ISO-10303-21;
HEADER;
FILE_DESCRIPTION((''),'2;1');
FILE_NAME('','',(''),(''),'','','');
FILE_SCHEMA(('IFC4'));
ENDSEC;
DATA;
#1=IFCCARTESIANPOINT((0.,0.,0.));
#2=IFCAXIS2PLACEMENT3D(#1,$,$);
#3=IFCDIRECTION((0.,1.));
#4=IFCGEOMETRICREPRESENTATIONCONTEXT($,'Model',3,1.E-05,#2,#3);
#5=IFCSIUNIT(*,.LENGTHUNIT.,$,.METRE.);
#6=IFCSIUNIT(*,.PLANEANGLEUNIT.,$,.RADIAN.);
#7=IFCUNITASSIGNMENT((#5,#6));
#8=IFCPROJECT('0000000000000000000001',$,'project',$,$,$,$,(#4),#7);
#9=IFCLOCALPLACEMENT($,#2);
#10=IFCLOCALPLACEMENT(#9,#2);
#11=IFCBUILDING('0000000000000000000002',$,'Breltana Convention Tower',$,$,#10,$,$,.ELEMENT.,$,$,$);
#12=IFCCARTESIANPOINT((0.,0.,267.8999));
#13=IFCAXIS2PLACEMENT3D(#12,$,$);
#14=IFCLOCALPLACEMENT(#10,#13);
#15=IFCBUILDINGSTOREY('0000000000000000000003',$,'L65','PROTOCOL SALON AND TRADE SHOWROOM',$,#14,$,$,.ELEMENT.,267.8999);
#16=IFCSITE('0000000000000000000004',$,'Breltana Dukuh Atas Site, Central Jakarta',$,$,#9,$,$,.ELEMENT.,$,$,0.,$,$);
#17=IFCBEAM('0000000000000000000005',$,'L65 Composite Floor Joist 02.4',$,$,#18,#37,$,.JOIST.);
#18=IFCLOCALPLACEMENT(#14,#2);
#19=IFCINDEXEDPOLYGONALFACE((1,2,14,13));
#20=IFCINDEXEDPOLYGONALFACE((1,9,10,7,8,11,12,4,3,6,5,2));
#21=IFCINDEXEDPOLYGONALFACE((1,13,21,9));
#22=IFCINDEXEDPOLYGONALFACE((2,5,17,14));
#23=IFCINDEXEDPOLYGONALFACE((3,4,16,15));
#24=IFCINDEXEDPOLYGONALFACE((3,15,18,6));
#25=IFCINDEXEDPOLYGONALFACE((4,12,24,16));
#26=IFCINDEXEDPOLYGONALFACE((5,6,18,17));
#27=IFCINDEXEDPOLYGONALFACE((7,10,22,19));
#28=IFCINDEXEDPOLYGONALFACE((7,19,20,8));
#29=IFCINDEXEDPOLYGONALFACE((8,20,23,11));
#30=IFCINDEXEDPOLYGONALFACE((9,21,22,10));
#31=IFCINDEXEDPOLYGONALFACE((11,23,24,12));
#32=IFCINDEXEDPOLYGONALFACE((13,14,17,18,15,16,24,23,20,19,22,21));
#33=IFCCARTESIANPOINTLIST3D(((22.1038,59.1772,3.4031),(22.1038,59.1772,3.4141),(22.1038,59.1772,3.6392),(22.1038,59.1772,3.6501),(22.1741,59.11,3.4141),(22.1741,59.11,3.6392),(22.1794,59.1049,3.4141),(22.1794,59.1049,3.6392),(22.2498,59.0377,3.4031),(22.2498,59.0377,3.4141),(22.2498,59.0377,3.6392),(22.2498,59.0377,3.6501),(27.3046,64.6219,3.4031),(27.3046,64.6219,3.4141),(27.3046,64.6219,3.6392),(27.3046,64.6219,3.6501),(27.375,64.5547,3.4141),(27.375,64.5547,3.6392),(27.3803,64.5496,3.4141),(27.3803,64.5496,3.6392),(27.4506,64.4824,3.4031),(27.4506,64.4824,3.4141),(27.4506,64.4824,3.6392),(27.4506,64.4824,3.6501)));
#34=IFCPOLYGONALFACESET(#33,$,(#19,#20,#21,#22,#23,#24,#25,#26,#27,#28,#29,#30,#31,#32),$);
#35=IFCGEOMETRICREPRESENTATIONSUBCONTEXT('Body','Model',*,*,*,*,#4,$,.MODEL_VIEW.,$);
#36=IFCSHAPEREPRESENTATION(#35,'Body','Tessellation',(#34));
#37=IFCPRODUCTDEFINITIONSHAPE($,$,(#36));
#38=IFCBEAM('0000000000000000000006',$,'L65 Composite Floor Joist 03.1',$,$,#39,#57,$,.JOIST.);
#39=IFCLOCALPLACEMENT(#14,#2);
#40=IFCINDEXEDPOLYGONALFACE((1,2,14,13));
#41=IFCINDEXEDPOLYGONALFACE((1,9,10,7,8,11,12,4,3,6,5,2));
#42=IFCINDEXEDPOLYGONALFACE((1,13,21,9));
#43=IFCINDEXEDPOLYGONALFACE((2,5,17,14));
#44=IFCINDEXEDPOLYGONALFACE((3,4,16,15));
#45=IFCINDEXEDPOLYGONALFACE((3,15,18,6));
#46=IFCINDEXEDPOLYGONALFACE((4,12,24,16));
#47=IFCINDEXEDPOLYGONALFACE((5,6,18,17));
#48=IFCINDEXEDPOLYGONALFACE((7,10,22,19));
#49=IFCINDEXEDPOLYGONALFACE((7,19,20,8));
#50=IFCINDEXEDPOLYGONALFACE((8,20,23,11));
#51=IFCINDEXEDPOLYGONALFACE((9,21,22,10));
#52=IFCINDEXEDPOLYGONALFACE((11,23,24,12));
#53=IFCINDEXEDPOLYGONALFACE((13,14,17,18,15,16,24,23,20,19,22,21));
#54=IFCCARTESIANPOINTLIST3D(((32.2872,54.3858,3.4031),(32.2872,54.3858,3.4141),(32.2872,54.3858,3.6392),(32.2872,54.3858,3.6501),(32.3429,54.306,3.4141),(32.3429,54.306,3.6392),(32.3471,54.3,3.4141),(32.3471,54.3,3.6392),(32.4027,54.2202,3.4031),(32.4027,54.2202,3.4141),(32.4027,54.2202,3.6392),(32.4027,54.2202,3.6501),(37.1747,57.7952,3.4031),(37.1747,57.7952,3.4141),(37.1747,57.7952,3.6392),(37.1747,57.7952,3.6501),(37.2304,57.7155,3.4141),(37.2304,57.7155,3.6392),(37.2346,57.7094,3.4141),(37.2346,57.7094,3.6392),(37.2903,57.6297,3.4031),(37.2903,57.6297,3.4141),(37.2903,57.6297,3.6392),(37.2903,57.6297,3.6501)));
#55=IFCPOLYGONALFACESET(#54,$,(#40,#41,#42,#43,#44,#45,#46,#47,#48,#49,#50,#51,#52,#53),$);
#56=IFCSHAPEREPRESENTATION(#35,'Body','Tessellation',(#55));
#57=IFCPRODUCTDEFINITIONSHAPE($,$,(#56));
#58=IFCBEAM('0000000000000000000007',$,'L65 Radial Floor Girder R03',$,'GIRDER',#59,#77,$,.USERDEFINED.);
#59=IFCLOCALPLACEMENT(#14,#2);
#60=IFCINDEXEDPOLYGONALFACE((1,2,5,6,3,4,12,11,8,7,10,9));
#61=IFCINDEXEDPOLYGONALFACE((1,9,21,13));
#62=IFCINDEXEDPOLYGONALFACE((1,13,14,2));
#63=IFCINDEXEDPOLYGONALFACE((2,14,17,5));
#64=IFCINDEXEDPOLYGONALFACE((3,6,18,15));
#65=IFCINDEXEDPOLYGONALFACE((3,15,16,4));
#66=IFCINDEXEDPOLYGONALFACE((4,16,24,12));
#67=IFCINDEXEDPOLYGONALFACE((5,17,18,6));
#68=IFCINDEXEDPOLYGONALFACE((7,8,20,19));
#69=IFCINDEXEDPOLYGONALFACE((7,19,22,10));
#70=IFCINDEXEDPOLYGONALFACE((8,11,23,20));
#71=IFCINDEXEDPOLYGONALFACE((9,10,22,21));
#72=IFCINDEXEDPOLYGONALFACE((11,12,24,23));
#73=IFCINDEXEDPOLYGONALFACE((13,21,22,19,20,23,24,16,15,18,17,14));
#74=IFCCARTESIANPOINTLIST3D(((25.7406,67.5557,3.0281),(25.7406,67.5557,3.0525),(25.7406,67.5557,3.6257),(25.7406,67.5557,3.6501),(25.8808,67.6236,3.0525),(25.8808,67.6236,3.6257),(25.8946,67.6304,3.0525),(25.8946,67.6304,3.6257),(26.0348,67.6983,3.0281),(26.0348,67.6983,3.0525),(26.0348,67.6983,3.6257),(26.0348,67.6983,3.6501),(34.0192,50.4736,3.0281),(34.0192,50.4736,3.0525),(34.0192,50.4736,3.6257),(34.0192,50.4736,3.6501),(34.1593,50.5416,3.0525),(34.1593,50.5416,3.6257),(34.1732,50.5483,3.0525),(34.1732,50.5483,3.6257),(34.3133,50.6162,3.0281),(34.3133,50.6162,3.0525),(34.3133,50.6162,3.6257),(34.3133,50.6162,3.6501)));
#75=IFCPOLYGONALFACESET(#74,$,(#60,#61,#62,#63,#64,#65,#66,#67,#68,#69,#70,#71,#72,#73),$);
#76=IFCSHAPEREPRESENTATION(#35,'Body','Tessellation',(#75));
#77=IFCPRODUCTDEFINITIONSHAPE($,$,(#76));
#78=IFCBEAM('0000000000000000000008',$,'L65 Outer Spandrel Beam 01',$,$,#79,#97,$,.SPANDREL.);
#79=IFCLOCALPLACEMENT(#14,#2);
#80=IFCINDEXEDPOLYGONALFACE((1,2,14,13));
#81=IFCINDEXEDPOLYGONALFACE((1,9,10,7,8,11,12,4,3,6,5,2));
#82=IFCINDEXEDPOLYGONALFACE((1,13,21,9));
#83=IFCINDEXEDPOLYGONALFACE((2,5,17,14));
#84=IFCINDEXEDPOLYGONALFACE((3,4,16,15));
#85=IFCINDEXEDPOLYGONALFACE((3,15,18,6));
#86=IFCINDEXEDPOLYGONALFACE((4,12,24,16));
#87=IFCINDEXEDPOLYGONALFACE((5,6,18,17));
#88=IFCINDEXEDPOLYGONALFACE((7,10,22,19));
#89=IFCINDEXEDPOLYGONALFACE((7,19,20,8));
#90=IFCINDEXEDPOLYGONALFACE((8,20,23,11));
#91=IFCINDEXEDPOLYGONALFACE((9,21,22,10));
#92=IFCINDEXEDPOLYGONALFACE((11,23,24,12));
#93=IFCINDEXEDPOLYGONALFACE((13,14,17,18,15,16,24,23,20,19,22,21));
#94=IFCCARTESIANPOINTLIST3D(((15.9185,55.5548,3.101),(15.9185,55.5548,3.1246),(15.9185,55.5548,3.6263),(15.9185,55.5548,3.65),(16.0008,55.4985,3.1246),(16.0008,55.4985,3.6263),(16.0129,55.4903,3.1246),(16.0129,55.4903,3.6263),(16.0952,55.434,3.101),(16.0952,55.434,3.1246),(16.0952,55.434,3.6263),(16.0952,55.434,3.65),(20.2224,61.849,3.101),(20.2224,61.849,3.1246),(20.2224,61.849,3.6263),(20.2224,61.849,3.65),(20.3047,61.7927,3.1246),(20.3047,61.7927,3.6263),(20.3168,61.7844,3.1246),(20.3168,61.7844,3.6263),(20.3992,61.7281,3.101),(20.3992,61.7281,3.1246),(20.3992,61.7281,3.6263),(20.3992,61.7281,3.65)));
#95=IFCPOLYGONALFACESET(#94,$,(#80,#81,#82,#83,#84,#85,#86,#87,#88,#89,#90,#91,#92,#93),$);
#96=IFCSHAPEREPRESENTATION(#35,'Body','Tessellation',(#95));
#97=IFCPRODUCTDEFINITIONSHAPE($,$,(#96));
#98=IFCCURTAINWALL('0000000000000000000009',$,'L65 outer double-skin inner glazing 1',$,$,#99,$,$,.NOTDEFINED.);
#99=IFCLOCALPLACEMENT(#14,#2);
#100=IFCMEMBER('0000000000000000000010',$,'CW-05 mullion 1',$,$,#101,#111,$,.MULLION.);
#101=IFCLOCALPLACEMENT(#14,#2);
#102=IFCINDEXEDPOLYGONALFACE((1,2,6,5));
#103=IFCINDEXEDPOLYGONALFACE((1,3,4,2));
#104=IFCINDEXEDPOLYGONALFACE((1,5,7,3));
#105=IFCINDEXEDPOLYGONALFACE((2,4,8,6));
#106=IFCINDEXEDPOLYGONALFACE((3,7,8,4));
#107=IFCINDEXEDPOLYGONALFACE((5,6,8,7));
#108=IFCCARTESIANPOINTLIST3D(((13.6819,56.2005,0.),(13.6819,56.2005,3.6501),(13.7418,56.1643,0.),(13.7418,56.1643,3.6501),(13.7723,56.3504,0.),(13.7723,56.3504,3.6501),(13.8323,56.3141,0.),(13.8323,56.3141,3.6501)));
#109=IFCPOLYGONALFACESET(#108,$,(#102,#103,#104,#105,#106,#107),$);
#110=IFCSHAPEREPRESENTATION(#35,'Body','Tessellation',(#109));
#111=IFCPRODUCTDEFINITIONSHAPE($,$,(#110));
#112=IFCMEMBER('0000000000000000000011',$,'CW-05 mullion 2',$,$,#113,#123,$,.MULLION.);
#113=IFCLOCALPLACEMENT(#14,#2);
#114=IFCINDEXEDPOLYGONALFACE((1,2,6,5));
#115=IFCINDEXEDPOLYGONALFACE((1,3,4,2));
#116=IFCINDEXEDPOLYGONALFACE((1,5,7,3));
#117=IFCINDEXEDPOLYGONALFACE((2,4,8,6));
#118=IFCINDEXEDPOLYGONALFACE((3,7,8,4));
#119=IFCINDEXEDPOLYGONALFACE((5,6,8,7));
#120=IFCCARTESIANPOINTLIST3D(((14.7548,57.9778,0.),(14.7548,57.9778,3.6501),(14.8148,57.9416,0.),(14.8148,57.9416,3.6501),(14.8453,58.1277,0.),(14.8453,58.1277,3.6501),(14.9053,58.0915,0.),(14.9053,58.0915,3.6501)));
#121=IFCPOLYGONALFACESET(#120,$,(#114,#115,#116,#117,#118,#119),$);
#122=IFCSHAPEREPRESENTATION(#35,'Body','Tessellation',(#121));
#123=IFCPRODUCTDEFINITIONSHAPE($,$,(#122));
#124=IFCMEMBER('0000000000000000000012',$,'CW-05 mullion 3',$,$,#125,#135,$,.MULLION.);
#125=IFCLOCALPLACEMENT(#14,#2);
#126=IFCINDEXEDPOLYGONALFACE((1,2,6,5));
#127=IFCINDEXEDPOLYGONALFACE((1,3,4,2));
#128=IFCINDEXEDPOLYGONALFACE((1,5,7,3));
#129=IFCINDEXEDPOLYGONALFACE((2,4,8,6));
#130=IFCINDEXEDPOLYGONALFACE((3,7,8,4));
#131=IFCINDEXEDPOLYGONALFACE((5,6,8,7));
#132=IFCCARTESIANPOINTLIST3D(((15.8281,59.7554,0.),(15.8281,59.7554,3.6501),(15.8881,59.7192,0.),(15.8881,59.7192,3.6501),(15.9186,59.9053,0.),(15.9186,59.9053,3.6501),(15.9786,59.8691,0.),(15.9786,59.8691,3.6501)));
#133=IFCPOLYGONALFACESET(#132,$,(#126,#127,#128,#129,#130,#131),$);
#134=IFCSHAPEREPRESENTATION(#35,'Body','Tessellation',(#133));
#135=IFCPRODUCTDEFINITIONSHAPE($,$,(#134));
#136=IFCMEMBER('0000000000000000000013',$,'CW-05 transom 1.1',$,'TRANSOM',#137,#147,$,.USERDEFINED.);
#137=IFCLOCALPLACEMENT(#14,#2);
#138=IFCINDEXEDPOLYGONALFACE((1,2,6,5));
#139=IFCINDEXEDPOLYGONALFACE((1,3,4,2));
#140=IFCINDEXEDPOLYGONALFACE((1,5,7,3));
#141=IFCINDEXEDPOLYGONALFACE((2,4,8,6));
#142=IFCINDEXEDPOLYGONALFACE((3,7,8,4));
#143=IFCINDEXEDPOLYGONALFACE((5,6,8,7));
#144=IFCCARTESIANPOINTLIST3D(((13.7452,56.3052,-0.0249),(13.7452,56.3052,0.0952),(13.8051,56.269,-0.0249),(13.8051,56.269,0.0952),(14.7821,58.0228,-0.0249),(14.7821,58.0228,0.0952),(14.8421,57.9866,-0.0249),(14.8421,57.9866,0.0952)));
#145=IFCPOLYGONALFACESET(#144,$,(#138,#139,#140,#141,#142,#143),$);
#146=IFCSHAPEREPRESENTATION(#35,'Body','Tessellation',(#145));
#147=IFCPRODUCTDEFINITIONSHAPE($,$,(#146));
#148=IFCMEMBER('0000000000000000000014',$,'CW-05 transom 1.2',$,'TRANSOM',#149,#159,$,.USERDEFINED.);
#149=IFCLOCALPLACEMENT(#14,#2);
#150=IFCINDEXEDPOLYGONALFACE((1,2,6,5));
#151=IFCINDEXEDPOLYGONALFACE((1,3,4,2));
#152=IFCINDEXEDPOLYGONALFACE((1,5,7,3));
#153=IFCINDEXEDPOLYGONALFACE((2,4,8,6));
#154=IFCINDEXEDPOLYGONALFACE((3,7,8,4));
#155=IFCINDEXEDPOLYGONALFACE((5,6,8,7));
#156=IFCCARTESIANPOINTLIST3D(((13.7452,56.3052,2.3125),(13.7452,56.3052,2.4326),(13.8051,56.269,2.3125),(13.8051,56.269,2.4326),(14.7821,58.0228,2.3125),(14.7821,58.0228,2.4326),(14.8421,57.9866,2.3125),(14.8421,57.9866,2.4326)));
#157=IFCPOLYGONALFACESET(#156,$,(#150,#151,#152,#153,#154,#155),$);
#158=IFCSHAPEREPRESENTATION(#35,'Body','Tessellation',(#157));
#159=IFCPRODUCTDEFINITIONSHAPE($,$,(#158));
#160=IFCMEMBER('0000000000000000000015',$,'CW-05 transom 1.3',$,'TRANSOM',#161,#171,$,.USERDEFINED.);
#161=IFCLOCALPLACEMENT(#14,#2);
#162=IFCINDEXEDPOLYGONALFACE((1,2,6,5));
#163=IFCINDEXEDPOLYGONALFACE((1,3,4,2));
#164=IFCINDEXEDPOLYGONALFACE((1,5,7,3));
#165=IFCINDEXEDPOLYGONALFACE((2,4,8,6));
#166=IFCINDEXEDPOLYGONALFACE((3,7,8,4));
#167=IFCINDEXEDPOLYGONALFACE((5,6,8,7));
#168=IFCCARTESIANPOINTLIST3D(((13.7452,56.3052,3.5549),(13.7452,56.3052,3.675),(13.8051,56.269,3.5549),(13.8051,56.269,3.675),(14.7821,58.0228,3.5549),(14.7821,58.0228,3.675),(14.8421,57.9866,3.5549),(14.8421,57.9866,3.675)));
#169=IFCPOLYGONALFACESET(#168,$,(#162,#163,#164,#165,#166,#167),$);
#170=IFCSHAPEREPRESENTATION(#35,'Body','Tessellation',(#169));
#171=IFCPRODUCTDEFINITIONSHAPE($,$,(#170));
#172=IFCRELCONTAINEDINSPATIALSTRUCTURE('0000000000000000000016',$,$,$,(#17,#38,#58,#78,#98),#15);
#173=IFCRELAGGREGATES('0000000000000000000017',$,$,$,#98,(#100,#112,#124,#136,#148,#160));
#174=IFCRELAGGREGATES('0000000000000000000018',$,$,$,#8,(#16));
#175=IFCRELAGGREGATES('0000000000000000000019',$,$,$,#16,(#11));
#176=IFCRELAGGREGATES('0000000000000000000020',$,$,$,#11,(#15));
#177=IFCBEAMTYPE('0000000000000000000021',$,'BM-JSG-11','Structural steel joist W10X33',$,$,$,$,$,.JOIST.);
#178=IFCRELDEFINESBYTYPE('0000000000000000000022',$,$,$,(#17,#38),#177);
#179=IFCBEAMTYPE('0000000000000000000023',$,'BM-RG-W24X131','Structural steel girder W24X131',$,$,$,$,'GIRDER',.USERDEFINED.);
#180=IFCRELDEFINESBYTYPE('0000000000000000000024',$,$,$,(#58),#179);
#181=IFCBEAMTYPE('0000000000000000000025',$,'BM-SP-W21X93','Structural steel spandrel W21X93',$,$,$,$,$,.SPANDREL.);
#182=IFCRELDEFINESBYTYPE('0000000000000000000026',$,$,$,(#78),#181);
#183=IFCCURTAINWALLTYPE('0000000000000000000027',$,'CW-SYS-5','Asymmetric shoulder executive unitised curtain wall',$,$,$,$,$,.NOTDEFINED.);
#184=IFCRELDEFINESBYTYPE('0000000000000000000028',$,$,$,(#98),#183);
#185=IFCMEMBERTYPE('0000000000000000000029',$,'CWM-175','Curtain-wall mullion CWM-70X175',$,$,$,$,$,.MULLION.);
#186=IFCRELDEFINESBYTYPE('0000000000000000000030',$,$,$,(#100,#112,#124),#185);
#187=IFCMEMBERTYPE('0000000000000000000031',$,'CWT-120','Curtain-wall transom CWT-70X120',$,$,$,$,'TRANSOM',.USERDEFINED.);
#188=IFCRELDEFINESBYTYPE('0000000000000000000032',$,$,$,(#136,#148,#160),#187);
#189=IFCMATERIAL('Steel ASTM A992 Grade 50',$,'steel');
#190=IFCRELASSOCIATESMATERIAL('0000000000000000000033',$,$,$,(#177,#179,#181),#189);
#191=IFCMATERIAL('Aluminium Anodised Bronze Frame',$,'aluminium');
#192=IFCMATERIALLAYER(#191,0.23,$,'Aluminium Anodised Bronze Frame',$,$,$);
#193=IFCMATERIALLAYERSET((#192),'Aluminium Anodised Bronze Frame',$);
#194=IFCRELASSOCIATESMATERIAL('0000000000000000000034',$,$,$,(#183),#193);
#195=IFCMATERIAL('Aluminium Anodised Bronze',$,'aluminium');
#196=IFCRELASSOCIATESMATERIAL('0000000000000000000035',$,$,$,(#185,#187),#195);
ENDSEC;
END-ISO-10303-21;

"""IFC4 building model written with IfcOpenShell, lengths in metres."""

from ifc_helpers import new_model, si_unit, direction, frame, origin, origin_2d, place, context, subcontext, project, spatial, rectangle, i_section, extrude, source, transform, mapped, material, layer, layer_set, material_profile, profile_set, type_object, type_shapes, element, aggregate, save


model = new_model("IFC4")

# Units and contexts
model_context = context("Model", 3, precision=1e-05, world=origin(), true_north=direction((0.0, 1.0)))
body_context = subcontext(model_context, "Body", "Model", "MODEL_VIEW")
ifc_project = project(units=[si_unit("LENGTHUNIT", "METRE"), si_unit("PLANEANGLEUNIT", "RADIAN")], contexts=[model_context])

# Site, building, storey
site_placement = place(None, origin())
site = spatial("IfcSite", under=ifc_project, at=site_placement, Name="Breltana Dukuh Atas Site, Central Jakarta", CompositionType="ELEMENT", RefElevation=0.0)
building_placement = place(site_placement, origin())
building = spatial("IfcBuilding", under=site, at=building_placement, Name="Breltana Convention Tower", CompositionType="ELEMENT")
storey_placement = place(building_placement, frame((0.0, 0.0, 267.8999)))
storey = spatial("IfcBuildingStorey", under=building, at=storey_placement, Name="L65", Description="PROTOCOL SALON AND TRADE SHOWROOM", CompositionType="ELEMENT", Elevation=267.8999)

# Shared definitions
ifc_material_1 = material(Name="Steel ASTM A992 Grade 50", Category="steel")

# Beams
ifc_material_profile_1 = material_profile(ifc_material_1, i_section(OverallWidth=0.2019, OverallDepth=0.2471, WebThickness=0.0073, FlangeThickness=0.011, at=origin_2d()), Name="W10X33")
ifc_profile_set_1 = profile_set([ifc_material_profile_1], Name="Steel ASTM A992 Grade 50")
beam_type_1 = type_object("IfcBeamType", Name="BM-JSG-11", Description="Structural steel joist W10X33", PredefinedType="JOIST", material=ifc_profile_set_1)
shared_shape_1 = source(origin(), body_context, "Body", "SweptSolid", [
    extrude(i_section(OverallWidth=0.2019, OverallDepth=0.2471, WebThickness=0.0073, FlangeThickness=0.011, at=origin_2d()), origin(), (0.0, 0.0, 1.0), 7.5295),
])
beam_1_placement = place(storey_placement, frame((22.1768, 59.1074, 3.5266), z_axis=(0.690726, 0.723117, 0.0), x_axis=(-0.723117, 0.690726, 0.0)))
element("IfcBeam", 1, at=beam_1_placement, inside=storey, type_object=beam_type_1, Name="L65 Composite Floor Joist 02.4", PredefinedType="JOIST", context=body_context, shape_type="MappedRepresentation", body=[
    mapped(shared_shape_1, transform((0.0, 0.0, 0.0), scale=1.0)),
])
shared_shape_2 = source(origin(), body_context, "Body", "SweptSolid", [
    extrude(i_section(OverallWidth=0.2019, OverallDepth=0.2471, WebThickness=0.0073, FlangeThickness=0.011, at=origin_2d()), origin(), (0.0, 0.0, 1.0), 5.9592),
])
beam_2_placement = place(storey_placement, frame((32.345, 54.303, 3.5266), z_axis=(0.82016, 0.572134, 0.0), x_axis=(-0.572134, 0.82016, 0.0)))
element("IfcBeam", 2, at=beam_2_placement, inside=storey, type_object=beam_type_1, Name="L65 Composite Floor Joist 03.1", PredefinedType="JOIST", context=body_context, shape_type="MappedRepresentation", body=[
    mapped(shared_shape_2, transform((0.0, 0.0, 0.0), scale=1.0)),
])
ifc_material_profile_2 = material_profile(ifc_material_1, i_section(OverallWidth=0.3269, OverallDepth=0.6221, WebThickness=0.0154, FlangeThickness=0.0244, at=origin_2d()), Name="W24X131")
ifc_profile_set_2 = profile_set([ifc_material_profile_2], Name="Steel ASTM A992 Grade 50")
beam_type_2 = type_object("IfcBeamType", Name="BM-RG-W24X131", Description="Structural steel girder W24X131", ElementType="GIRDER", PredefinedType="USERDEFINED", material=ifc_profile_set_2)
shared_shape_3 = source(origin(), body_context, "Body", "SweptSolid", [
    extrude(i_section(OverallWidth=0.3269, OverallDepth=0.6221, WebThickness=0.0154, FlangeThickness=0.0244, at=origin_2d()), origin(), (0.0, 0.0, 1.0), 18.9824),
])
beam_3_placement = place(storey_placement, frame((34.1663, 50.5449, 3.3391), z_axis=(-0.436119, 0.899889, 0.0), x_axis=(-0.899889, -0.436119, 0.0)))
element("IfcBeam", 3, at=beam_3_placement, inside=storey, type_object=beam_type_2, Name="L65 Radial Floor Girder R03", ObjectType="GIRDER", PredefinedType="USERDEFINED", context=body_context, shape_type="MappedRepresentation", body=[
    mapped(shared_shape_3, transform((0.0, 0.0, 0.0), scale=1.0)),
])
ifc_material_profile_3 = material_profile(ifc_material_1, i_section(OverallWidth=0.2141, OverallDepth=0.5491, WebThickness=0.0146, FlangeThickness=0.0237, at=origin_2d()), Name="W21X93")
ifc_profile_set_3 = profile_set([ifc_material_profile_3], Name="Steel ASTM A992 Grade 50")
beam_type_3 = type_object("IfcBeamType", Name="BM-SP-W21X93", Description="Structural steel spandrel W21X93", PredefinedType="SPANDREL", material=ifc_profile_set_3)
shared_shape_4 = source(origin(), body_context, "Body", "SweptSolid", [
    extrude(i_section(OverallWidth=0.2141, OverallDepth=0.5491, WebThickness=0.0146, FlangeThickness=0.0237, at=origin_2d()), origin(), (0.0, 0.0, 1.0), 7.625),
])
type_shapes(beam_type_3, [shared_shape_4])
beam_4_placement = place(storey_placement, frame((16.0068, 55.4944, 3.3755), z_axis=(0.564452, 0.825466, 0.0), x_axis=(-0.825466, 0.564452, 0.0)))
element("IfcBeam", 4, at=beam_4_placement, inside=storey, type_object=beam_type_3, Name="L65 Outer Spandrel Beam 01", PredefinedType="SPANDREL", context=body_context, shape_type="MappedRepresentation", body=[
    mapped(shared_shape_4, transform((0.0, 0.0, 0.0), scale=1.0)),
])

# Curtain wall, members
ifc_material_2 = material(Name="Aluminium Anodised Bronze Frame", Category="aluminium")
ifc_layer_1 = layer(ifc_material_2, 0.23, Name="Aluminium Anodised Bronze Frame")
ifc_layer_set_1 = layer_set([ifc_layer_1], Name="Aluminium Anodised Bronze Frame")
curtain_wall_type = type_object("IfcCurtainWallType", Name="CW-SYS-5", Description="Asymmetric shoulder executive unitised curtain wall", PredefinedType="NOTDEFINED", material=ifc_layer_set_1)
curtain_wall_placement = place(storey_placement, origin())
curtain_wall = element("IfcCurtainWall", 5, at=curtain_wall_placement, inside=storey, type_object=curtain_wall_type, Name="L65 outer double-skin inner glazing 1", PredefinedType="NOTDEFINED")
ifc_material_3 = material(Name="Aluminium Anodised Bronze", Category="aluminium")
ifc_material_profile_4 = material_profile(ifc_material_3, rectangle(XDim=0.0701, YDim=0.175, at=origin_2d()), Name="CWM-70X175")
ifc_profile_set_4 = profile_set([ifc_material_profile_4], Name="Aluminium Anodised Bronze")
member_type_1 = type_object("IfcMemberType", Name="CWM-175", Description="Curtain-wall mullion CWM-70X175", PredefinedType="MULLION", material=ifc_profile_set_4)
shared_shape_5 = source(origin(), body_context, "Body", "SweptSolid", [
    extrude(rectangle(XDim=0.0701, YDim=0.175, at=origin_2d()), origin(), (0.0, 0.0, 1.0), 3.6501),
])
member_1_placement = place(storey_placement, frame((13.7571, 56.2573, 0.0), z_axis=(0.0, 0.0, 1.0), x_axis=(-0.856067, 0.516865, 0.0)))
member_1 = element("IfcMember", 6, at=member_1_placement, type_object=member_type_1, Name="CW-05 mullion 1", PredefinedType="MULLION", context=body_context, shape_type="MappedRepresentation", body=[
    mapped(shared_shape_5, transform((0.0, 0.0, 0.0), scale=1.0)),
])
member_2_placement = place(storey_placement, frame((14.8301, 58.0347, 0.0), z_axis=(0.0, 0.0, 1.0), x_axis=(-0.856067, 0.516865, 0.0)))
member_2 = element("IfcMember", 7, at=member_2_placement, type_object=member_type_1, Name="CW-05 mullion 2", PredefinedType="MULLION", context=body_context, shape_type="MappedRepresentation", body=[
    mapped(shared_shape_5, transform((0.0, 0.0, 0.0), scale=1.0)),
])
member_3_placement = place(storey_placement, frame((15.9033, 59.8123, 0.0), z_axis=(0.0, 0.0, 1.0), x_axis=(-0.856067, 0.516865, 0.0)))
member_3 = element("IfcMember", 8, at=member_3_placement, type_object=member_type_1, Name="CW-05 mullion 3", PredefinedType="MULLION", context=body_context, shape_type="MappedRepresentation", body=[
    mapped(shared_shape_5, transform((0.0, 0.0, 0.0), scale=1.0)),
])
ifc_material_profile_5 = material_profile(ifc_material_3, rectangle(XDim=0.0701, YDim=0.1201, at=origin_2d()), Name="CWT-70X120")
ifc_profile_set_5 = profile_set([ifc_material_profile_5], Name="Aluminium Anodised Bronze")
member_type_2 = type_object("IfcMemberType", Name="CWT-120", Description="Curtain-wall transom CWT-70X120", ElementType="TRANSOM", PredefinedType="USERDEFINED", material=ifc_profile_set_5)
shared_shape_6 = source(origin(), body_context, "Body", "SweptSolid", [
    extrude(rectangle(XDim=0.0701, YDim=0.1201, at=origin_2d()), origin(), (0.0, 0.0, 1.0), 2.0063),
])
member_4_placement = place(storey_placement, frame((13.7751, 56.2871, 0.0352), z_axis=(0.51682, 0.856094, 0.0), x_axis=(-0.856094, 0.51682, 0.0)))
member_4 = element("IfcMember", 9, at=member_4_placement, type_object=member_type_2, Name="CW-05 transom 1.1", ObjectType="TRANSOM", PredefinedType="USERDEFINED", context=body_context, shape_type="MappedRepresentation", body=[
    mapped(shared_shape_6, transform((0.0, 0.0, 0.0), scale=1.0)),
])
member_5_placement = place(storey_placement, frame((13.7751, 56.2871, 2.3726), z_axis=(0.51682, 0.856094, 0.0), x_axis=(-0.856094, 0.51682, 0.0)))
member_5 = element("IfcMember", 10, at=member_5_placement, type_object=member_type_2, Name="CW-05 transom 1.2", ObjectType="TRANSOM", PredefinedType="USERDEFINED", context=body_context, shape_type="MappedRepresentation", body=[
    mapped(shared_shape_6, transform((0.0, 0.0, 0.0), scale=1.0)),
])
member_6_placement = place(storey_placement, frame((13.7751, 56.2871, 3.615), z_axis=(0.51682, 0.856094, 0.0), x_axis=(-0.856094, 0.51682, 0.0)))
member_6 = element("IfcMember", 11, at=member_6_placement, type_object=member_type_2, Name="CW-05 transom 1.3", ObjectType="TRANSOM", PredefinedType="USERDEFINED", context=body_context, shape_type="MappedRepresentation", body=[
    mapped(shared_shape_6, transform((0.0, 0.0, 0.0), scale=1.0)),
])
aggregate(curtain_wall, [member_1, member_2, member_3, member_4, member_5, member_6])

save(model, "model.ifc")
